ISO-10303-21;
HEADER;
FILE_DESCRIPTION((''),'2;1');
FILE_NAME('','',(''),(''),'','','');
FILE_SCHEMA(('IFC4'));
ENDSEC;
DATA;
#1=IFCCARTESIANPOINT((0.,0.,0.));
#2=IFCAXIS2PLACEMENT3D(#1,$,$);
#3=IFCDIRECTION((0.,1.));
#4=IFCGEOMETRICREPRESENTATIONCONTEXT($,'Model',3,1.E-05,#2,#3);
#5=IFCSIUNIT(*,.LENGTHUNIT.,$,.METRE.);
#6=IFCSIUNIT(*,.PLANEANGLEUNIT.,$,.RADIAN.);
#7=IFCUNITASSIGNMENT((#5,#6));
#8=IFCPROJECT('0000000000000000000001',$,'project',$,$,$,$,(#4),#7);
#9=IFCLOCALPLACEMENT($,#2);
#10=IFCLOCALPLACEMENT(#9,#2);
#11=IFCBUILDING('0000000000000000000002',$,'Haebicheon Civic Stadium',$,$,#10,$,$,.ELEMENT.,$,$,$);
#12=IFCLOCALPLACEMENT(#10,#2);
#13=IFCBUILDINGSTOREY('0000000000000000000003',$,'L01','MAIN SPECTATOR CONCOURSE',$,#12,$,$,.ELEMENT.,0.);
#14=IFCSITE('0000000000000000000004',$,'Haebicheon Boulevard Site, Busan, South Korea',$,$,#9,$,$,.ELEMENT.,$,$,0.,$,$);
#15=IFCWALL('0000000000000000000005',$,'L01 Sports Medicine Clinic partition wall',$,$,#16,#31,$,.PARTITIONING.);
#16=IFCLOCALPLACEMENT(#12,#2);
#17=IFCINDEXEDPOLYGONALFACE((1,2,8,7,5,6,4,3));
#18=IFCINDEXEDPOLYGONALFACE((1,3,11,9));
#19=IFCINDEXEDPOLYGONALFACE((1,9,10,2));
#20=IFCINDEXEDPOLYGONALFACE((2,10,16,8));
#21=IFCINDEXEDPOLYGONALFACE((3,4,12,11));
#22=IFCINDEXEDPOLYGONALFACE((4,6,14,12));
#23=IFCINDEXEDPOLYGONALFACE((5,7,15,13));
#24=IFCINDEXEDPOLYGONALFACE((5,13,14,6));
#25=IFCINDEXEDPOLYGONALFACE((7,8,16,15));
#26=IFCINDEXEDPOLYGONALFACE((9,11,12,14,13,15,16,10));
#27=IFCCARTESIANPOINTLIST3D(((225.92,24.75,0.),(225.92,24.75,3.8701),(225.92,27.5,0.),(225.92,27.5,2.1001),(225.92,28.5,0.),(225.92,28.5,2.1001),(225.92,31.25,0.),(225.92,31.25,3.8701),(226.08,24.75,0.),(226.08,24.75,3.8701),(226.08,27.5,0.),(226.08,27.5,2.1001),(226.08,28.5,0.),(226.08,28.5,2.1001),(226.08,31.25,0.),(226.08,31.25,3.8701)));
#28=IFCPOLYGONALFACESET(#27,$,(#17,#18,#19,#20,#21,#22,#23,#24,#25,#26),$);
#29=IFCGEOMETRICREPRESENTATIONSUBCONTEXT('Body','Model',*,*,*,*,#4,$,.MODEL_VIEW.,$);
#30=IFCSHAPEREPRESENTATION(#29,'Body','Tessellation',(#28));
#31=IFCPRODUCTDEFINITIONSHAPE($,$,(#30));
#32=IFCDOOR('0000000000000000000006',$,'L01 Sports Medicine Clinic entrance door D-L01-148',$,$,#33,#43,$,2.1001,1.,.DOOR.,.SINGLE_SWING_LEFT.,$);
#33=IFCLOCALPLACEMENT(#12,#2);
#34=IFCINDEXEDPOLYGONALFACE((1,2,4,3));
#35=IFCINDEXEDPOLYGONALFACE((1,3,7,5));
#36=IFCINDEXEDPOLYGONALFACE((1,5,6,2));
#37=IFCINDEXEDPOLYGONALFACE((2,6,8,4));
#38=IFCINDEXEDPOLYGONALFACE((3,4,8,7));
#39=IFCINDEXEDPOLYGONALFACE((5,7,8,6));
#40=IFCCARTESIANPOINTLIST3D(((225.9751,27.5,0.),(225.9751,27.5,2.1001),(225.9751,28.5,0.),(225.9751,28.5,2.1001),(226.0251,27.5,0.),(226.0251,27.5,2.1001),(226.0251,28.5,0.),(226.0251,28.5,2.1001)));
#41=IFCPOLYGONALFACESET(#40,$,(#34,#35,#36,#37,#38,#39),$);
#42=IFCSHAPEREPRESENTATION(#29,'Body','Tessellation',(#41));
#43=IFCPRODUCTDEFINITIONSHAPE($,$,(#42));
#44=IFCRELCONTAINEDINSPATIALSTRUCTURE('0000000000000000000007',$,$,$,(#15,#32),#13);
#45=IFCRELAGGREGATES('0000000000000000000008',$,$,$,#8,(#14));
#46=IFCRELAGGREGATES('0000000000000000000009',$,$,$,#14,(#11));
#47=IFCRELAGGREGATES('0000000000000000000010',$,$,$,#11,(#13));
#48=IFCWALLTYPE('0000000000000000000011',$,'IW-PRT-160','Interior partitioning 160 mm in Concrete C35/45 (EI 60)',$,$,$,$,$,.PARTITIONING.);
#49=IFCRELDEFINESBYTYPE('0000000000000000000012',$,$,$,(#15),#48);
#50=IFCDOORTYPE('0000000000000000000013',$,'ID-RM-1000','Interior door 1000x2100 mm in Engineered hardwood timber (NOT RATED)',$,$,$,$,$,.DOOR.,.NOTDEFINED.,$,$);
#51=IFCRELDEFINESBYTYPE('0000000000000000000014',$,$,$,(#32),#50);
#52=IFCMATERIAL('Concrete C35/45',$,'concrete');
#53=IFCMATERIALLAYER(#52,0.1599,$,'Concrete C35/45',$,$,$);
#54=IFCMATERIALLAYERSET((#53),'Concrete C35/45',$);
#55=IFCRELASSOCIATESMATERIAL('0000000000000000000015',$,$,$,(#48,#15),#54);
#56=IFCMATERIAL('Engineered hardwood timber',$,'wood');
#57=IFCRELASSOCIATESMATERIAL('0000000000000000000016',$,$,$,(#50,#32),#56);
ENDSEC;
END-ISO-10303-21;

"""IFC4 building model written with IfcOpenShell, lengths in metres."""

from ifc_helpers import new_model, si_unit, direction, frame, frame_2d, origin, place, context, subcontext, project, spatial, rectangle, extrude, material, layer, layer_set, type_object, element, fill, save


model = new_model("IFC4")

# Units and contexts
model_context = context("Model", 3, precision=1e-05, world=origin(), true_north=direction((0.0, 1.0)))
body_context = subcontext(model_context, "Body", "Model", "MODEL_VIEW")
ifc_project = project(units=[si_unit("LENGTHUNIT", "METRE"), si_unit("PLANEANGLEUNIT", "RADIAN")], contexts=[model_context])

# Site, building, storey
site_placement = place(None, origin())
site = spatial("IfcSite", under=ifc_project, at=site_placement, Name="Haebicheon Boulevard Site, Busan, South Korea", CompositionType="ELEMENT", RefElevation=0.0)
building_placement = place(site_placement, origin())
building = spatial("IfcBuilding", under=site, at=building_placement, Name="Haebicheon Civic Stadium", CompositionType="ELEMENT")
storey_placement = place(building_placement, origin())
storey = spatial("IfcBuildingStorey", under=building, at=storey_placement, Name="L01", Description="MAIN SPECTATOR CONCOURSE", CompositionType="ELEMENT", Elevation=0.0)

# Wall, opening, door
ifc_material_1 = material(Name="Concrete C35/45", Category="concrete")
ifc_layer_1 = layer(ifc_material_1, 0.1599, Name="Concrete C35/45")
ifc_layer_set_1 = layer_set([ifc_layer_1], Name="Concrete C35/45")
wall_type_1 = type_object("IfcWallType", Name="IW-PRT-160", Description="Interior partitioning 160 mm in Concrete C35/45 (EI 60)", PredefinedType="PARTITIONING", material=ifc_layer_set_1)
wall_1_placement = place(storey_placement, frame((226.0, 24.75, 0.0), z_axis=(0.0, 0.0, 1.0), x_axis=(0.0, 1.0, 0.0)))
wall_1 = element("IfcWall", 1, at=wall_1_placement, inside=storey, type_object=wall_type_1, material=ifc_layer_set_1, Name="L01 Sports Medicine Clinic partition wall", PredefinedType="PARTITIONING", context=body_context, shape_type="SweptSolid", body=[
    extrude(rectangle(XDim=6.5, YDim=0.1599, at=frame_2d((3.25, 0.0))), origin(), (0.0, 0.0, 1.0), 3.8701),
])
opening_1_placement = place(wall_1_placement, frame((2.75, 0.0, 0.0)))
opening_1 = element("IfcOpeningElement", 2, at=opening_1_placement, cuts=wall_1, PredefinedType="OPENING", context=body_context, shape_type="SweptSolid", body=[
    extrude(rectangle(XDim=1.0, YDim=2.1001, at=frame_2d((0.5, 1.05))), frame((0.0, 0.0898, 0.0), z_axis=(0.0, -1.0, 0.0), x_axis=(1.0, 0.0, 0.0)), (0.0, 0.0, 1.0), 0.1799),
])
ifc_material_2 = material(Name="Engineered hardwood timber", Category="wood")
door_type_1 = type_object("IfcDoorType", Name="ID-RM-1000", Description="Interior door 1000x2100 mm in Engineered hardwood timber (NOT RATED)", OperationType="NOTDEFINED", PredefinedType="DOOR", material=ifc_material_2)
door_1_placement = place(opening_1_placement, origin())
door_1 = element("IfcDoor", 3, at=door_1_placement, inside=storey, type_object=door_type_1, material=ifc_material_2, Name="L01 Sports Medicine Clinic entrance door D-L01-148", OperationType="SINGLE_SWING_LEFT", OverallHeight=2.1001, OverallWidth=1.0, PredefinedType="DOOR", context=body_context, shape_type="SweptSolid", body=[
    extrude(rectangle(XDim=1.0, YDim=2.1001, at=frame_2d((0.5, 1.05))), frame((0.0, 0.0249, 0.0), z_axis=(0.0, -1.0, 0.0), x_axis=(1.0, 0.0, 0.0)), (0.0, 0.0, 1.0), 0.05),
])
fill(opening_1, door_1)

save(model, "model.ifc")
